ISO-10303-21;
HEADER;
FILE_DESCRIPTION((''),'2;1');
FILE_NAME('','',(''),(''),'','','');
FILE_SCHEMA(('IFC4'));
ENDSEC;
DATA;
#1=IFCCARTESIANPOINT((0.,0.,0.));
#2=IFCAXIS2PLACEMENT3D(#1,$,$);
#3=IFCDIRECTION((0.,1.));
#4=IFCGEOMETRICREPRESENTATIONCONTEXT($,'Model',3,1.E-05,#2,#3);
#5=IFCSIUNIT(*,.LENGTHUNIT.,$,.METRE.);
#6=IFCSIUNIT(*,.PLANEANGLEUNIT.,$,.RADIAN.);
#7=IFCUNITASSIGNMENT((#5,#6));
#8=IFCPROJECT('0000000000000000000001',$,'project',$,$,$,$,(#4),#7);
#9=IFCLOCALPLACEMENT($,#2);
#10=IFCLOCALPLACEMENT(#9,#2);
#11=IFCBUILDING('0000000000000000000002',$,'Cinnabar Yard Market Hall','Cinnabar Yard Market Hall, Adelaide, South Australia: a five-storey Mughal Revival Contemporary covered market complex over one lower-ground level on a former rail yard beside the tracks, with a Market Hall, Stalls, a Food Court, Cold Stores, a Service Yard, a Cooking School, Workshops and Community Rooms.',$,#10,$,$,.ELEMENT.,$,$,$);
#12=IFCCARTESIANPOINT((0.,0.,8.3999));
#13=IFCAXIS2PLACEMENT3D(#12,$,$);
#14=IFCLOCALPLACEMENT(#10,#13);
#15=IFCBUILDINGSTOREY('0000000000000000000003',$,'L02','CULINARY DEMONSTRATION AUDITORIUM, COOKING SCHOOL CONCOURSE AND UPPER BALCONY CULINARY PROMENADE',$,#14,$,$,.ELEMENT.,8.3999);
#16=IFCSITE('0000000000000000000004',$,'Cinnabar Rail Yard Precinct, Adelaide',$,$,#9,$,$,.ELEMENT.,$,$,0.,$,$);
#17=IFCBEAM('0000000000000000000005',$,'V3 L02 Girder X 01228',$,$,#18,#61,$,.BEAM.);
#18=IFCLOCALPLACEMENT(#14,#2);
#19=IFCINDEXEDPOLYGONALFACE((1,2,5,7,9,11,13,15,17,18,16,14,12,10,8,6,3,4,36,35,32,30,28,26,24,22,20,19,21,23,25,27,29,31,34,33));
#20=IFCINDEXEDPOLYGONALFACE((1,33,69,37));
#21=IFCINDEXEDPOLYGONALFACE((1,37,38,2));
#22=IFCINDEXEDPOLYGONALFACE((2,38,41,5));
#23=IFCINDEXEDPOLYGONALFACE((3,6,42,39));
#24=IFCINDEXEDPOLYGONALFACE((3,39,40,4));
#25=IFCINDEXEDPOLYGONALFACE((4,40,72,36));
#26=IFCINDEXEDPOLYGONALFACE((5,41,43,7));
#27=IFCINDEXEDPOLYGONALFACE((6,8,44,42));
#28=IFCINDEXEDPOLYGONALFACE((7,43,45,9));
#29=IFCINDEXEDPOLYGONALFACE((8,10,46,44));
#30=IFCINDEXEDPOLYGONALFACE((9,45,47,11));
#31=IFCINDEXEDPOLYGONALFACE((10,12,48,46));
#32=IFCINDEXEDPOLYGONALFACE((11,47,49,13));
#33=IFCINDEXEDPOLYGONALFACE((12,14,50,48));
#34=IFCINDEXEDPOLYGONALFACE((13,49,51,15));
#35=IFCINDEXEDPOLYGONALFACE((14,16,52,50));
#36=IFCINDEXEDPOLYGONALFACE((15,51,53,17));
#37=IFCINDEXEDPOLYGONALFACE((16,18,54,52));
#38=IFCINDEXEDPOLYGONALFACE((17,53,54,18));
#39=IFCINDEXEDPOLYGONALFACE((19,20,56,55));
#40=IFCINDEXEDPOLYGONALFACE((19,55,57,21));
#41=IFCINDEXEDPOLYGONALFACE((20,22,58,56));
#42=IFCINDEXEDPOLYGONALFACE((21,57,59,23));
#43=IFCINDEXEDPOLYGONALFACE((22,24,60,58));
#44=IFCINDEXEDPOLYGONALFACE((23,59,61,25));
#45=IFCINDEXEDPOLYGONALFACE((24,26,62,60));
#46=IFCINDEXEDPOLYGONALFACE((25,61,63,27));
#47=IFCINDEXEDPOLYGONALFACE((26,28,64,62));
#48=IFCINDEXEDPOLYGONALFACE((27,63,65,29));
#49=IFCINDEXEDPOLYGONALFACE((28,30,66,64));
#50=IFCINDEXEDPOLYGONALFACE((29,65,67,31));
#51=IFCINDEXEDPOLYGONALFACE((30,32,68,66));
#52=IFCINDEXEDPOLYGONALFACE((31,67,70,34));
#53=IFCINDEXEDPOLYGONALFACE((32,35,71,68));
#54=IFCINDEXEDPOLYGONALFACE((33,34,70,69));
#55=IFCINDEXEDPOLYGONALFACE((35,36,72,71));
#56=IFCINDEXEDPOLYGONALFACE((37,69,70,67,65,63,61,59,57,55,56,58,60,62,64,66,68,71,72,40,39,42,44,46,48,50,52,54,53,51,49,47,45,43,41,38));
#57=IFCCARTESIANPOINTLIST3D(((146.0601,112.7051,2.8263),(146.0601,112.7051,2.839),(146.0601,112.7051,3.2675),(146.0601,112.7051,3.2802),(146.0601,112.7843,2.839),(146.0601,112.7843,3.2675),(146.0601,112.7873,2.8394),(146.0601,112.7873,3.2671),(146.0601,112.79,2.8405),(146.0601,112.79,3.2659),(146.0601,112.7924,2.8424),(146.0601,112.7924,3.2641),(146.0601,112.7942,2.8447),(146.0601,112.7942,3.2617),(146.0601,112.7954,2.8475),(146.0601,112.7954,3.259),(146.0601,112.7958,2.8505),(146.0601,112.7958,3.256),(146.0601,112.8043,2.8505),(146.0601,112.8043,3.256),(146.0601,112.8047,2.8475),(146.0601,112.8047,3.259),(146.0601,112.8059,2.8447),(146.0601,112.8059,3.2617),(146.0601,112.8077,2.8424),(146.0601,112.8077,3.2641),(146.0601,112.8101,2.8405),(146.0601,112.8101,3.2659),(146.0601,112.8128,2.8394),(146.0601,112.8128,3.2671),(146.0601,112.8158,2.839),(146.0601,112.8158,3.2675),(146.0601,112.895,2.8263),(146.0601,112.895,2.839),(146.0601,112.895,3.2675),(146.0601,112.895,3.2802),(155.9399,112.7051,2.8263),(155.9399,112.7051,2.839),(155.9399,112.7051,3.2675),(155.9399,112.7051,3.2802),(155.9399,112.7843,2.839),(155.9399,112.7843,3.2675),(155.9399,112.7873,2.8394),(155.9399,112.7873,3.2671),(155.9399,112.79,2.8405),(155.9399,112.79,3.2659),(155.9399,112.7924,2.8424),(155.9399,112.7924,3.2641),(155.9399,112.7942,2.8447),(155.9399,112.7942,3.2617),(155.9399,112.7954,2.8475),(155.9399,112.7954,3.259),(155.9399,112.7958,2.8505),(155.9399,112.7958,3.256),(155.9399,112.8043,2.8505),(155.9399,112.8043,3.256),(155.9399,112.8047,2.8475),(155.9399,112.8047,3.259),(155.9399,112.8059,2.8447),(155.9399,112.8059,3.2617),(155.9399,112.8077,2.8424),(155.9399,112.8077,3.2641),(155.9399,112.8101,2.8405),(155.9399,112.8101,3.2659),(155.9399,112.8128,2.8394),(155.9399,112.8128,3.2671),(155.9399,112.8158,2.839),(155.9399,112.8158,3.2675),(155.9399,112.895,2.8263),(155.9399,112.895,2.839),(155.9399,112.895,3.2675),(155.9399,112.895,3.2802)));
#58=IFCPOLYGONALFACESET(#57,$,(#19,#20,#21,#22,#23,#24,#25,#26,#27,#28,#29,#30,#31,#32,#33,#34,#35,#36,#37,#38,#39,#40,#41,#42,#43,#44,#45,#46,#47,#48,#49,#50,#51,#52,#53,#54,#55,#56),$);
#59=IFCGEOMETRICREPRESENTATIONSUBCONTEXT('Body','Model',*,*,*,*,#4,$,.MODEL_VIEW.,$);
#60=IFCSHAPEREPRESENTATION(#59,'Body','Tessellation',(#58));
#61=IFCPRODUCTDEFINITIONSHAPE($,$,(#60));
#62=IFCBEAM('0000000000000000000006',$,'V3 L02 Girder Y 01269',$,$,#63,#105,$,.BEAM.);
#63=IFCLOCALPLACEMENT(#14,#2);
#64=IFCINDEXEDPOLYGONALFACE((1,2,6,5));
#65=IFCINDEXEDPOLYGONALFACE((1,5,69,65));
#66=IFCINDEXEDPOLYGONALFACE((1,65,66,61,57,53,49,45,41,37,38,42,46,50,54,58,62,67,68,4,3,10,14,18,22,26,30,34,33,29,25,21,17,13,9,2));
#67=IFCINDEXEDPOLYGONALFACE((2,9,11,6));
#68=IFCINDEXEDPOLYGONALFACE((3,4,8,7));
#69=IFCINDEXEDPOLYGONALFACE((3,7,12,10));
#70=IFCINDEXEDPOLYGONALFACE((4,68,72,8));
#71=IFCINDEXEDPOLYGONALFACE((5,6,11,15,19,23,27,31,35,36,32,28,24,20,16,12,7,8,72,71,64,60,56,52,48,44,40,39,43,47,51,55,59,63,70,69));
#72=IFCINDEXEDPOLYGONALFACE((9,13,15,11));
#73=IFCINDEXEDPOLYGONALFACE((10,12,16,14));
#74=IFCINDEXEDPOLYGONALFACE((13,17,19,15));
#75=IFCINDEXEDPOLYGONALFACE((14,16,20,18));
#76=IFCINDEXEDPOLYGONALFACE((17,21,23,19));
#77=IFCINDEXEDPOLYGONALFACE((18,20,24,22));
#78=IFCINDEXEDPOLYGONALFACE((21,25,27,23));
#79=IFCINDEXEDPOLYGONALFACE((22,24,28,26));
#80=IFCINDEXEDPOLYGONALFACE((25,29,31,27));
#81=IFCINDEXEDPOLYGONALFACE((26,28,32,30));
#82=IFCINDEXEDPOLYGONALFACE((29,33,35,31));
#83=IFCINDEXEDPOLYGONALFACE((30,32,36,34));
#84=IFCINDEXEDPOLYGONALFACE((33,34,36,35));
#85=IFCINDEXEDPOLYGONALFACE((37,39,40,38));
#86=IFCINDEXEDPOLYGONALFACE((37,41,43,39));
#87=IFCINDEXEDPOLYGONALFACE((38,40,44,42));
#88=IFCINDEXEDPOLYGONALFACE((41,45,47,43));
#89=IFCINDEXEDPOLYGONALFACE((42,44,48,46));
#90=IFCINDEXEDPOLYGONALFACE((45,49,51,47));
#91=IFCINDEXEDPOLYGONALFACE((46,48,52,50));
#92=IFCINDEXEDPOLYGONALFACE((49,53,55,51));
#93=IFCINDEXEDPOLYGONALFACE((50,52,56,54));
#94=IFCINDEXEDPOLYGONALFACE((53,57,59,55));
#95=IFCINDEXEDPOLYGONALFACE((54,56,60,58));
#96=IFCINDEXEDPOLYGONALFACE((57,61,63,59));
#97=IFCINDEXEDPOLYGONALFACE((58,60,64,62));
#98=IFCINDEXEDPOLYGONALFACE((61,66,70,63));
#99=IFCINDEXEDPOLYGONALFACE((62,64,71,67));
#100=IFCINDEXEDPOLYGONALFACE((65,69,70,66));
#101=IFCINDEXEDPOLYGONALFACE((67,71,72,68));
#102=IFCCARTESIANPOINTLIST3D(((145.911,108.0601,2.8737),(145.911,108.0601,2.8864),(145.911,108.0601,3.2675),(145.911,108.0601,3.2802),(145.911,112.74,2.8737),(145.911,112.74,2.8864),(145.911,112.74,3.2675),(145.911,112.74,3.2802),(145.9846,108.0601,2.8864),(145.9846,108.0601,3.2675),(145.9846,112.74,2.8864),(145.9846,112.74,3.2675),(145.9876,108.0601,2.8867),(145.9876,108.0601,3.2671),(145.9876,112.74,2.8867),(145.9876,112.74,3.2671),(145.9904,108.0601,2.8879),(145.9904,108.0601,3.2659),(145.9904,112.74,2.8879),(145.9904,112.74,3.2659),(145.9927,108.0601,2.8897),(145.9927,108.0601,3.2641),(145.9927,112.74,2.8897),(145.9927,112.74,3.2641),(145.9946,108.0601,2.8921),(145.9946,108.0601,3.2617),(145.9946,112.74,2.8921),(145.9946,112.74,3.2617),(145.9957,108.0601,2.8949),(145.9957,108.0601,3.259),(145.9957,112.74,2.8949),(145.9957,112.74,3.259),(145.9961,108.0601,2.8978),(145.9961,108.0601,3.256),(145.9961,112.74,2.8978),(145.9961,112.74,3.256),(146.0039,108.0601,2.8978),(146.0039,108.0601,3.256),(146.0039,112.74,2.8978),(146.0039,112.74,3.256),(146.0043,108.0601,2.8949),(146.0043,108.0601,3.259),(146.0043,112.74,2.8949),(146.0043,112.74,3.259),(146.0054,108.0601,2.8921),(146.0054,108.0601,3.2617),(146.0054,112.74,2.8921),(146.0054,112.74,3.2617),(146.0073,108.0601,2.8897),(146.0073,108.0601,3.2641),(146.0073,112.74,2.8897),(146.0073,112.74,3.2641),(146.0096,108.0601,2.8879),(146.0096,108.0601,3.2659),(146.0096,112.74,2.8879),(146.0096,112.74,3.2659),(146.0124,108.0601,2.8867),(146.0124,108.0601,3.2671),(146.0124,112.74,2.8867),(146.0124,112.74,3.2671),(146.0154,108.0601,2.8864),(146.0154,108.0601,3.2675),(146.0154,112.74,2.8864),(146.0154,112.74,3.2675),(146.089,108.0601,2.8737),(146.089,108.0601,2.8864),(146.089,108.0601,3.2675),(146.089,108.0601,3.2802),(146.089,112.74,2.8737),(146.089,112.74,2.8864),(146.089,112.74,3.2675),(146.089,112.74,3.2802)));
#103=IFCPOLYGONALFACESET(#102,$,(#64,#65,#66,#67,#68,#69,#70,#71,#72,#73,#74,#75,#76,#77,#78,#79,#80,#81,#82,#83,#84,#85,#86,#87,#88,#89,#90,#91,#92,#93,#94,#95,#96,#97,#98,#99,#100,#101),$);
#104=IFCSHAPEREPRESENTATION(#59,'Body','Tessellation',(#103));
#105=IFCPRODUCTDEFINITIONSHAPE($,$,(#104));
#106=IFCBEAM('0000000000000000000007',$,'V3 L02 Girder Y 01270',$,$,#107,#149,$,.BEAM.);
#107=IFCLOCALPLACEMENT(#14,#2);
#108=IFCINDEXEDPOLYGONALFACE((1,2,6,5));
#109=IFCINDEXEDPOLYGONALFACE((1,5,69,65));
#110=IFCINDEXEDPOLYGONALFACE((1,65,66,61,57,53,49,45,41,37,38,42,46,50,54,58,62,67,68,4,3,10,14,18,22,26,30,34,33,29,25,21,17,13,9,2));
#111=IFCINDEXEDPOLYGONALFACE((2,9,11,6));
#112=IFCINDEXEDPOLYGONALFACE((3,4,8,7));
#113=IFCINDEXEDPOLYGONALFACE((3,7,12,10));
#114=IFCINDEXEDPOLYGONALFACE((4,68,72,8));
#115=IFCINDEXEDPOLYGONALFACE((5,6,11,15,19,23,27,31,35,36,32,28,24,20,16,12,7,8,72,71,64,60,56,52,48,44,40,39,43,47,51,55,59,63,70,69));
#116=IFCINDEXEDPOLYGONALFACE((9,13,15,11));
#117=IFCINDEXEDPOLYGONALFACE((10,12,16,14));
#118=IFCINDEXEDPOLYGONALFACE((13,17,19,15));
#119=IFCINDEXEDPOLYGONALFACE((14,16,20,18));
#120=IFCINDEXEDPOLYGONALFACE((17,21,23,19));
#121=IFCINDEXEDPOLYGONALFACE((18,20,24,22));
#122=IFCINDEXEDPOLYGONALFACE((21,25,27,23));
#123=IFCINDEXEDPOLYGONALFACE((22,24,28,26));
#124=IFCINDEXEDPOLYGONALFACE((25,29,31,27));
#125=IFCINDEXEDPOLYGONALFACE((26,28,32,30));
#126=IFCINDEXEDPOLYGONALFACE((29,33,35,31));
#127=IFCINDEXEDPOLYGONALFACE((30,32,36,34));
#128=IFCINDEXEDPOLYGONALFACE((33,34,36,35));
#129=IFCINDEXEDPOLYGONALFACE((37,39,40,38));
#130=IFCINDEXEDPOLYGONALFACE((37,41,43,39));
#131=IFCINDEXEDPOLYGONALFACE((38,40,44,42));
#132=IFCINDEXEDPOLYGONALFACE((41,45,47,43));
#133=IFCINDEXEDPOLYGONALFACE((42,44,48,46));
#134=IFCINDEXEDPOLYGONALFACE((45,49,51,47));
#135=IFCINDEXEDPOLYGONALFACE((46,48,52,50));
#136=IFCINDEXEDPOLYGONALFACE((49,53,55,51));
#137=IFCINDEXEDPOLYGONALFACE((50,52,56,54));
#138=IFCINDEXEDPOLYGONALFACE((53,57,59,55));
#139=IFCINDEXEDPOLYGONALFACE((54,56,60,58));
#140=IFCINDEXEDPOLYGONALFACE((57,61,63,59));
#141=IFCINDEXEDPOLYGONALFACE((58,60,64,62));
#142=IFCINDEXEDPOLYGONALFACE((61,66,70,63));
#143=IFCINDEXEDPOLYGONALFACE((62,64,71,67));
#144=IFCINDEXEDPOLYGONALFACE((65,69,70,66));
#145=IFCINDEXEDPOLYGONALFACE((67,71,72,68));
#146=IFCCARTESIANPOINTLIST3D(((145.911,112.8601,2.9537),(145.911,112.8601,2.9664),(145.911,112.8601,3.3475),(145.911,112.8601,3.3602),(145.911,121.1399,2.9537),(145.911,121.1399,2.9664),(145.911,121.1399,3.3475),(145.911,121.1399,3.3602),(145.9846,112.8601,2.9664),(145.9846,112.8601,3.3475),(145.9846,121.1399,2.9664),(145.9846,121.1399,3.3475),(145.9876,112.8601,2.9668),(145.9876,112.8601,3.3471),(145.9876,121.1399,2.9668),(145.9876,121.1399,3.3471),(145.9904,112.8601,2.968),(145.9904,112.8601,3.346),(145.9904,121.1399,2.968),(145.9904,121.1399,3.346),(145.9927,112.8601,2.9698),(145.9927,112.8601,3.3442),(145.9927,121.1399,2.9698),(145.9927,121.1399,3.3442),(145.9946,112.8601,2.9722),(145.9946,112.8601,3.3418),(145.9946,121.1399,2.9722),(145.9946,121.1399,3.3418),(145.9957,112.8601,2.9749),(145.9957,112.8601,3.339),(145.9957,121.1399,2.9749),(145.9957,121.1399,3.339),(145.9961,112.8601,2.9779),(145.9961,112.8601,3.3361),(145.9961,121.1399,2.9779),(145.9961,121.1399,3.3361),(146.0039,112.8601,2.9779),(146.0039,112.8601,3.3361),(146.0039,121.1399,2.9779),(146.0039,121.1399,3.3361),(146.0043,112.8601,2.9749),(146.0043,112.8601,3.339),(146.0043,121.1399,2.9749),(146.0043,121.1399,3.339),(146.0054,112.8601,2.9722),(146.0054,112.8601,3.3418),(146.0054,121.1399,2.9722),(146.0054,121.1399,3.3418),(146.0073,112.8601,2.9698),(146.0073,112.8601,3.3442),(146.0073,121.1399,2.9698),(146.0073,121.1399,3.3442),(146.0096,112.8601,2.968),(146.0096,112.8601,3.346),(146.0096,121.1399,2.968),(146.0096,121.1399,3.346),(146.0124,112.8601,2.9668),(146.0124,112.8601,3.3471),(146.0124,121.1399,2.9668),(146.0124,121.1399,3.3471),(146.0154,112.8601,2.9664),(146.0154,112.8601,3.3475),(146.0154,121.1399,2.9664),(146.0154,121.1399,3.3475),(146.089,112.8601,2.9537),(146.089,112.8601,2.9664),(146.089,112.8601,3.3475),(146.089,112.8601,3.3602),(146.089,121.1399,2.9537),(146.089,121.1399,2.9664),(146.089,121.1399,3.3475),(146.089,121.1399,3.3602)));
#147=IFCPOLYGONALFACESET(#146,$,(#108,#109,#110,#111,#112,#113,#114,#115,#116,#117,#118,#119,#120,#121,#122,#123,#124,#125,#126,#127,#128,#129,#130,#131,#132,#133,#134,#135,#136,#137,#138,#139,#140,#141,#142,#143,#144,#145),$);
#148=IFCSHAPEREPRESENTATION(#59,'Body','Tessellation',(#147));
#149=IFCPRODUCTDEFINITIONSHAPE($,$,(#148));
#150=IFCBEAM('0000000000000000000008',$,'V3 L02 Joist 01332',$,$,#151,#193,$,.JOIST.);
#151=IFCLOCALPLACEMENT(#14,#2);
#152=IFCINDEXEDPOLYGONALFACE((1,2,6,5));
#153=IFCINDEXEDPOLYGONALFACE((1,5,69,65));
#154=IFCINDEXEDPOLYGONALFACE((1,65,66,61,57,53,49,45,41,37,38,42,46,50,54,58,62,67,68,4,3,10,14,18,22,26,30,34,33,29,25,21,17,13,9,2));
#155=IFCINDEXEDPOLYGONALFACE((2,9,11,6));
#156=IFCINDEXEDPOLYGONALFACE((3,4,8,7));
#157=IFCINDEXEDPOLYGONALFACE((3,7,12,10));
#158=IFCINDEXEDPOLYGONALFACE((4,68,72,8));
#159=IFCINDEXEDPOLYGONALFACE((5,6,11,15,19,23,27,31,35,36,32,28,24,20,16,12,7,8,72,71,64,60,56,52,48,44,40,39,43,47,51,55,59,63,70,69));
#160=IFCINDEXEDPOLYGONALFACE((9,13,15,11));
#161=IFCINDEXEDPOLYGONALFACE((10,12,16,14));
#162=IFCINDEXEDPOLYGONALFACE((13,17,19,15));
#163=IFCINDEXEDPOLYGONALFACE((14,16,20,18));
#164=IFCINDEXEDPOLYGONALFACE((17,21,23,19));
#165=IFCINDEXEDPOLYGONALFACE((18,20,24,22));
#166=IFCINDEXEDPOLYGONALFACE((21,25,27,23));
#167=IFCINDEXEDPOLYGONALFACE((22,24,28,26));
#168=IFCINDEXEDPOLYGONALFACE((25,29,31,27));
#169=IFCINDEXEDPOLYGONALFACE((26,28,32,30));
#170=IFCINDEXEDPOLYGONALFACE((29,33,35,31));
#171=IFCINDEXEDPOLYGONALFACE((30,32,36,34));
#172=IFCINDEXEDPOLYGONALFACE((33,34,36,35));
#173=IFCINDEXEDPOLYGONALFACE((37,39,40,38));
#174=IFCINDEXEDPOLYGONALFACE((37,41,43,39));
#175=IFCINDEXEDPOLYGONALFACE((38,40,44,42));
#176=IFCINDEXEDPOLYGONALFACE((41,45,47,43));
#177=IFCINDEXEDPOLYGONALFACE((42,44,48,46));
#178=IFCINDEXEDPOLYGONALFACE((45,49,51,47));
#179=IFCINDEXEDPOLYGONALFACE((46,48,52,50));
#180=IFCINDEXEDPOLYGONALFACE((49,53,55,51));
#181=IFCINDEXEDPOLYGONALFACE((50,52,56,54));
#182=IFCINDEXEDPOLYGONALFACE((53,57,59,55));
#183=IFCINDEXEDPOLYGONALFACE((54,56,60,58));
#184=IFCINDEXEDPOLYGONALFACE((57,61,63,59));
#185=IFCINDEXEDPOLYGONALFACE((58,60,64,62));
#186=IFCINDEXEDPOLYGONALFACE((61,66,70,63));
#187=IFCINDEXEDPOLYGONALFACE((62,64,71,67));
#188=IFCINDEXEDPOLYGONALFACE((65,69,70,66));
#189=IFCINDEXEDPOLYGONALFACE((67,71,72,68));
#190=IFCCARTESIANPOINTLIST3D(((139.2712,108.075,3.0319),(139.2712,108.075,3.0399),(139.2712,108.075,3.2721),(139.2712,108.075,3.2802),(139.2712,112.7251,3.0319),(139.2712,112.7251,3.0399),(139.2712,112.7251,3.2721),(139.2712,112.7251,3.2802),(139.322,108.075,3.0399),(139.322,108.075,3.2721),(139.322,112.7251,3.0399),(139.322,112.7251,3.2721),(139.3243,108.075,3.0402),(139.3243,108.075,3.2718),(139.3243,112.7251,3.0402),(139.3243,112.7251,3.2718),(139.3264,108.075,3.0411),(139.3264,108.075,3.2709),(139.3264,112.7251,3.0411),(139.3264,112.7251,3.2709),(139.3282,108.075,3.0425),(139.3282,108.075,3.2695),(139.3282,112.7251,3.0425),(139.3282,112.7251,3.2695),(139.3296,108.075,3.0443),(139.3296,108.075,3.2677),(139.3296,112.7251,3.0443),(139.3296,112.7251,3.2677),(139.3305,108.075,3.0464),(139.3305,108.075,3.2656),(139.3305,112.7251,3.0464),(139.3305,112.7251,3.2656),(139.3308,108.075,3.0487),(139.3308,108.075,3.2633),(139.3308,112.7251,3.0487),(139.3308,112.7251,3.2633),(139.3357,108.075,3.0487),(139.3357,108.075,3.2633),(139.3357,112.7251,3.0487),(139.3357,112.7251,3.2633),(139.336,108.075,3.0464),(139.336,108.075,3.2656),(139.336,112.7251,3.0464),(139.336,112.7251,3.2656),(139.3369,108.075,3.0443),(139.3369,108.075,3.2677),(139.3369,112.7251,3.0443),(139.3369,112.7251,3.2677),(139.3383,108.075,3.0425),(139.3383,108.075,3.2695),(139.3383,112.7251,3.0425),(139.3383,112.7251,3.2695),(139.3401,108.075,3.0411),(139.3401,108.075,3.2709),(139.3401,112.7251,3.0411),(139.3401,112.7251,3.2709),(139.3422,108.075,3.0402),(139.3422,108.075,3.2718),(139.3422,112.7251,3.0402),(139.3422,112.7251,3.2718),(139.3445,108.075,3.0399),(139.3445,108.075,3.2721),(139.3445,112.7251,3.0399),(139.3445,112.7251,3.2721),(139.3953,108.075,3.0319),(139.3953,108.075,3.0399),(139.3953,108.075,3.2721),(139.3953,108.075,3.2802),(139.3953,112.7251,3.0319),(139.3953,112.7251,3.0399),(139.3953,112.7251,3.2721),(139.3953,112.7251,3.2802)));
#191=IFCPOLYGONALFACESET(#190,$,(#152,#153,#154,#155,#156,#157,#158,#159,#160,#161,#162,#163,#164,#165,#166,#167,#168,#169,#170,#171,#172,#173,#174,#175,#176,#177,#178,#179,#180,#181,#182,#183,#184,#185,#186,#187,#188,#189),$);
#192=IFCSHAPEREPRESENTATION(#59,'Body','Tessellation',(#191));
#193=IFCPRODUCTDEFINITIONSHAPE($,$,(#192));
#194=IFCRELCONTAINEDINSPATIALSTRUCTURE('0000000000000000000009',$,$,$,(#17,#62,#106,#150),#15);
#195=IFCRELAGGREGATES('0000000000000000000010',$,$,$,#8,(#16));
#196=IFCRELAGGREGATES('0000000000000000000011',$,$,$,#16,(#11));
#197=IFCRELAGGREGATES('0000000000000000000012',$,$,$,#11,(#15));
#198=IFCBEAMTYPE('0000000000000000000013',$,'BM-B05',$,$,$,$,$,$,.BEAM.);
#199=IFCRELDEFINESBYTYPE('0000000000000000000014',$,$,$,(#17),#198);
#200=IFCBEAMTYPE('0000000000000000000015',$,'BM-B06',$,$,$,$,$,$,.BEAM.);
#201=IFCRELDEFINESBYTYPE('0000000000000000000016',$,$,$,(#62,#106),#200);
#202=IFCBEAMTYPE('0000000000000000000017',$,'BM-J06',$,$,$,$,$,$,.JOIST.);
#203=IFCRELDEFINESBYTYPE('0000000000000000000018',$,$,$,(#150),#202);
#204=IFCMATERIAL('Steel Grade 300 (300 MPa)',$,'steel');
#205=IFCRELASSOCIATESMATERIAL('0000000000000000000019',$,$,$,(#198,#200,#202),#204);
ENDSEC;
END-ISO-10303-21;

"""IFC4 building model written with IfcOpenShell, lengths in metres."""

from ifc_helpers import new_model, si_unit, direction, frame, origin, origin_2d_with_axis, place, context, subcontext, project, spatial, i_section, extrude, material, material_profile, profile_set, type_object, element, save


model = new_model("IFC4")

# Units and contexts
model_context = context("Model", 3, precision=1e-05, world=origin(), true_north=direction((0.0, 1.0)))
body_context = subcontext(model_context, "Body", "Model", "MODEL_VIEW")
ifc_project = project(units=[si_unit("LENGTHUNIT", "METRE"), si_unit("PLANEANGLEUNIT", "RADIAN")], contexts=[model_context])

# Site, building, storey
site_placement = place(None, origin())
site = spatial("IfcSite", under=ifc_project, at=site_placement, Name="Cinnabar Rail Yard Precinct, Adelaide", CompositionType="ELEMENT", RefElevation=0.0)
building_placement = place(site_placement, origin())
building = spatial("IfcBuilding", under=site, at=building_placement, Name="Cinnabar Yard Market Hall", Description="Cinnabar Yard Market Hall, Adelaide, South Australia: a five-storey Mughal Revival Contemporary covered market complex over one lower-ground level on a former rail yard beside the tracks, with a Market Hall, Stalls, a Food Court, Cold Stores, a Service Yard, a Cooking School, Workshops and Community Rooms.", CompositionType="ELEMENT")
storey_placement = place(building_placement, frame((0.0, 0.0, 8.3999)))
storey = spatial("IfcBuildingStorey", under=building, at=storey_placement, Name="L02", Description="CULINARY DEMONSTRATION AUDITORIUM, COOKING SCHOOL CONCOURSE AND UPPER BALCONY CULINARY PROMENADE", CompositionType="ELEMENT", Elevation=8.3999)

# Shared definitions
ifc_material_1 = material(Name="Steel Grade 300 (300 MPa)", Category="steel")

# Beams
ifc_material_profile_1 = material_profile(ifc_material_1, i_section(OverallWidth=0.1899, OverallDepth=0.4539, WebThickness=0.0085, FlangeThickness=0.0127, FilletRadius=0.0115, at=origin_2d_with_axis()), Name="460UB67.1")
ifc_profile_set_1 = profile_set([ifc_material_profile_1], Name="Steel Grade 300 (300 MPa)")
beam_type_1 = type_object("IfcBeamType", Name="BM-B05", PredefinedType="BEAM", material=ifc_profile_set_1)
for number, where, z_axis, x_axis, name in (
    (1, (146.0601, 112.8, 3.0532), (1.0, 0.0, 0.0), (0.0, 1.0, 0.0), "V3 L02 Girder X 01228"),
):
    element("IfcBeam", number, at=place(storey_placement, frame(where, z_axis=z_axis, x_axis=x_axis)), inside=storey, type_object=beam_type_1, Name=name, PredefinedType="BEAM", context=body_context, shape_type="SweptSolid", body=[
        extrude(i_section(OverallWidth=0.1899, OverallDepth=0.4539, WebThickness=0.0085, FlangeThickness=0.0127, FilletRadius=0.0115, at=origin_2d_with_axis()), origin(), (0.0, 0.0, 1.0), 9.8799),
    ])
ifc_material_profile_2 = material_profile(ifc_material_1, i_section(OverallWidth=0.178, OverallDepth=0.4065, WebThickness=0.0078, FlangeThickness=0.0127, FilletRadius=0.0115, at=origin_2d_with_axis()), Name="410UB59.7")
ifc_profile_set_2 = profile_set([ifc_material_profile_2], Name="Steel Grade 300 (300 MPa)")
beam_type_2 = type_object("IfcBeamType", Name="BM-B06", PredefinedType="BEAM", material=ifc_profile_set_2)
beam_1_placement = place(storey_placement, frame((146.0, 108.0601, 3.0769), z_axis=(0.0, 1.0, 0.0), x_axis=(-1.0, 0.0, 0.0)))
element("IfcBeam", 2, at=beam_1_placement, inside=storey, type_object=beam_type_2, Name="V3 L02 Girder Y 01269", PredefinedType="BEAM", context=body_context, shape_type="SweptSolid", body=[
    extrude(i_section(OverallWidth=0.178, OverallDepth=0.4065, WebThickness=0.0078, FlangeThickness=0.0127, FilletRadius=0.0115, at=origin_2d_with_axis()), origin(), (0.0, 0.0, 1.0), 4.6799),
])
beam_2_placement = place(storey_placement, frame((146.0, 112.8601, 3.157), z_axis=(0.0, 1.0, 0.0), x_axis=(-1.0, 0.0, 0.0)))
element("IfcBeam", 3, at=beam_2_placement, inside=storey, type_object=beam_type_2, Name="V3 L02 Girder Y 01270", PredefinedType="BEAM", context=body_context, shape_type="SweptSolid", body=[
    extrude(i_section(OverallWidth=0.178, OverallDepth=0.4065, WebThickness=0.0078, FlangeThickness=0.0127, FilletRadius=0.0115, at=origin_2d_with_axis()), origin(), (0.0, 0.0, 1.0), 8.2798),
])
ifc_material_profile_3 = material_profile(ifc_material_1, i_section(OverallWidth=0.124, OverallDepth=0.2483, WebThickness=0.0049, FlangeThickness=0.0081, FilletRadius=0.0088, at=origin_2d_with_axis()), Name="250UB25.7")
ifc_profile_set_3 = profile_set([ifc_material_profile_3], Name="Steel Grade 300 (300 MPa)")
beam_type_3 = type_object("IfcBeamType", Name="BM-J06", PredefinedType="JOIST", material=ifc_profile_set_3)
for number, where, z_axis, x_axis, name in (
    (4, (139.3333, 108.075, 3.156), (0.0, 1.0, 0.0), (-1.0, 0.0, 0.0), "V3 L02 Joist 01332"),
):
    element("IfcBeam", number, at=place(storey_placement, frame(where, z_axis=z_axis, x_axis=x_axis)), inside=storey, type_object=beam_type_3, Name=name, PredefinedType="JOIST", context=body_context, shape_type="SweptSolid", body=[
        extrude(i_section(OverallWidth=0.124, OverallDepth=0.2483, WebThickness=0.0049, FlangeThickness=0.0081, FilletRadius=0.0088, at=origin_2d_with_axis()), origin(), (0.0, 0.0, 1.0), 4.6501),
    ])

save(model, "model.ifc")
